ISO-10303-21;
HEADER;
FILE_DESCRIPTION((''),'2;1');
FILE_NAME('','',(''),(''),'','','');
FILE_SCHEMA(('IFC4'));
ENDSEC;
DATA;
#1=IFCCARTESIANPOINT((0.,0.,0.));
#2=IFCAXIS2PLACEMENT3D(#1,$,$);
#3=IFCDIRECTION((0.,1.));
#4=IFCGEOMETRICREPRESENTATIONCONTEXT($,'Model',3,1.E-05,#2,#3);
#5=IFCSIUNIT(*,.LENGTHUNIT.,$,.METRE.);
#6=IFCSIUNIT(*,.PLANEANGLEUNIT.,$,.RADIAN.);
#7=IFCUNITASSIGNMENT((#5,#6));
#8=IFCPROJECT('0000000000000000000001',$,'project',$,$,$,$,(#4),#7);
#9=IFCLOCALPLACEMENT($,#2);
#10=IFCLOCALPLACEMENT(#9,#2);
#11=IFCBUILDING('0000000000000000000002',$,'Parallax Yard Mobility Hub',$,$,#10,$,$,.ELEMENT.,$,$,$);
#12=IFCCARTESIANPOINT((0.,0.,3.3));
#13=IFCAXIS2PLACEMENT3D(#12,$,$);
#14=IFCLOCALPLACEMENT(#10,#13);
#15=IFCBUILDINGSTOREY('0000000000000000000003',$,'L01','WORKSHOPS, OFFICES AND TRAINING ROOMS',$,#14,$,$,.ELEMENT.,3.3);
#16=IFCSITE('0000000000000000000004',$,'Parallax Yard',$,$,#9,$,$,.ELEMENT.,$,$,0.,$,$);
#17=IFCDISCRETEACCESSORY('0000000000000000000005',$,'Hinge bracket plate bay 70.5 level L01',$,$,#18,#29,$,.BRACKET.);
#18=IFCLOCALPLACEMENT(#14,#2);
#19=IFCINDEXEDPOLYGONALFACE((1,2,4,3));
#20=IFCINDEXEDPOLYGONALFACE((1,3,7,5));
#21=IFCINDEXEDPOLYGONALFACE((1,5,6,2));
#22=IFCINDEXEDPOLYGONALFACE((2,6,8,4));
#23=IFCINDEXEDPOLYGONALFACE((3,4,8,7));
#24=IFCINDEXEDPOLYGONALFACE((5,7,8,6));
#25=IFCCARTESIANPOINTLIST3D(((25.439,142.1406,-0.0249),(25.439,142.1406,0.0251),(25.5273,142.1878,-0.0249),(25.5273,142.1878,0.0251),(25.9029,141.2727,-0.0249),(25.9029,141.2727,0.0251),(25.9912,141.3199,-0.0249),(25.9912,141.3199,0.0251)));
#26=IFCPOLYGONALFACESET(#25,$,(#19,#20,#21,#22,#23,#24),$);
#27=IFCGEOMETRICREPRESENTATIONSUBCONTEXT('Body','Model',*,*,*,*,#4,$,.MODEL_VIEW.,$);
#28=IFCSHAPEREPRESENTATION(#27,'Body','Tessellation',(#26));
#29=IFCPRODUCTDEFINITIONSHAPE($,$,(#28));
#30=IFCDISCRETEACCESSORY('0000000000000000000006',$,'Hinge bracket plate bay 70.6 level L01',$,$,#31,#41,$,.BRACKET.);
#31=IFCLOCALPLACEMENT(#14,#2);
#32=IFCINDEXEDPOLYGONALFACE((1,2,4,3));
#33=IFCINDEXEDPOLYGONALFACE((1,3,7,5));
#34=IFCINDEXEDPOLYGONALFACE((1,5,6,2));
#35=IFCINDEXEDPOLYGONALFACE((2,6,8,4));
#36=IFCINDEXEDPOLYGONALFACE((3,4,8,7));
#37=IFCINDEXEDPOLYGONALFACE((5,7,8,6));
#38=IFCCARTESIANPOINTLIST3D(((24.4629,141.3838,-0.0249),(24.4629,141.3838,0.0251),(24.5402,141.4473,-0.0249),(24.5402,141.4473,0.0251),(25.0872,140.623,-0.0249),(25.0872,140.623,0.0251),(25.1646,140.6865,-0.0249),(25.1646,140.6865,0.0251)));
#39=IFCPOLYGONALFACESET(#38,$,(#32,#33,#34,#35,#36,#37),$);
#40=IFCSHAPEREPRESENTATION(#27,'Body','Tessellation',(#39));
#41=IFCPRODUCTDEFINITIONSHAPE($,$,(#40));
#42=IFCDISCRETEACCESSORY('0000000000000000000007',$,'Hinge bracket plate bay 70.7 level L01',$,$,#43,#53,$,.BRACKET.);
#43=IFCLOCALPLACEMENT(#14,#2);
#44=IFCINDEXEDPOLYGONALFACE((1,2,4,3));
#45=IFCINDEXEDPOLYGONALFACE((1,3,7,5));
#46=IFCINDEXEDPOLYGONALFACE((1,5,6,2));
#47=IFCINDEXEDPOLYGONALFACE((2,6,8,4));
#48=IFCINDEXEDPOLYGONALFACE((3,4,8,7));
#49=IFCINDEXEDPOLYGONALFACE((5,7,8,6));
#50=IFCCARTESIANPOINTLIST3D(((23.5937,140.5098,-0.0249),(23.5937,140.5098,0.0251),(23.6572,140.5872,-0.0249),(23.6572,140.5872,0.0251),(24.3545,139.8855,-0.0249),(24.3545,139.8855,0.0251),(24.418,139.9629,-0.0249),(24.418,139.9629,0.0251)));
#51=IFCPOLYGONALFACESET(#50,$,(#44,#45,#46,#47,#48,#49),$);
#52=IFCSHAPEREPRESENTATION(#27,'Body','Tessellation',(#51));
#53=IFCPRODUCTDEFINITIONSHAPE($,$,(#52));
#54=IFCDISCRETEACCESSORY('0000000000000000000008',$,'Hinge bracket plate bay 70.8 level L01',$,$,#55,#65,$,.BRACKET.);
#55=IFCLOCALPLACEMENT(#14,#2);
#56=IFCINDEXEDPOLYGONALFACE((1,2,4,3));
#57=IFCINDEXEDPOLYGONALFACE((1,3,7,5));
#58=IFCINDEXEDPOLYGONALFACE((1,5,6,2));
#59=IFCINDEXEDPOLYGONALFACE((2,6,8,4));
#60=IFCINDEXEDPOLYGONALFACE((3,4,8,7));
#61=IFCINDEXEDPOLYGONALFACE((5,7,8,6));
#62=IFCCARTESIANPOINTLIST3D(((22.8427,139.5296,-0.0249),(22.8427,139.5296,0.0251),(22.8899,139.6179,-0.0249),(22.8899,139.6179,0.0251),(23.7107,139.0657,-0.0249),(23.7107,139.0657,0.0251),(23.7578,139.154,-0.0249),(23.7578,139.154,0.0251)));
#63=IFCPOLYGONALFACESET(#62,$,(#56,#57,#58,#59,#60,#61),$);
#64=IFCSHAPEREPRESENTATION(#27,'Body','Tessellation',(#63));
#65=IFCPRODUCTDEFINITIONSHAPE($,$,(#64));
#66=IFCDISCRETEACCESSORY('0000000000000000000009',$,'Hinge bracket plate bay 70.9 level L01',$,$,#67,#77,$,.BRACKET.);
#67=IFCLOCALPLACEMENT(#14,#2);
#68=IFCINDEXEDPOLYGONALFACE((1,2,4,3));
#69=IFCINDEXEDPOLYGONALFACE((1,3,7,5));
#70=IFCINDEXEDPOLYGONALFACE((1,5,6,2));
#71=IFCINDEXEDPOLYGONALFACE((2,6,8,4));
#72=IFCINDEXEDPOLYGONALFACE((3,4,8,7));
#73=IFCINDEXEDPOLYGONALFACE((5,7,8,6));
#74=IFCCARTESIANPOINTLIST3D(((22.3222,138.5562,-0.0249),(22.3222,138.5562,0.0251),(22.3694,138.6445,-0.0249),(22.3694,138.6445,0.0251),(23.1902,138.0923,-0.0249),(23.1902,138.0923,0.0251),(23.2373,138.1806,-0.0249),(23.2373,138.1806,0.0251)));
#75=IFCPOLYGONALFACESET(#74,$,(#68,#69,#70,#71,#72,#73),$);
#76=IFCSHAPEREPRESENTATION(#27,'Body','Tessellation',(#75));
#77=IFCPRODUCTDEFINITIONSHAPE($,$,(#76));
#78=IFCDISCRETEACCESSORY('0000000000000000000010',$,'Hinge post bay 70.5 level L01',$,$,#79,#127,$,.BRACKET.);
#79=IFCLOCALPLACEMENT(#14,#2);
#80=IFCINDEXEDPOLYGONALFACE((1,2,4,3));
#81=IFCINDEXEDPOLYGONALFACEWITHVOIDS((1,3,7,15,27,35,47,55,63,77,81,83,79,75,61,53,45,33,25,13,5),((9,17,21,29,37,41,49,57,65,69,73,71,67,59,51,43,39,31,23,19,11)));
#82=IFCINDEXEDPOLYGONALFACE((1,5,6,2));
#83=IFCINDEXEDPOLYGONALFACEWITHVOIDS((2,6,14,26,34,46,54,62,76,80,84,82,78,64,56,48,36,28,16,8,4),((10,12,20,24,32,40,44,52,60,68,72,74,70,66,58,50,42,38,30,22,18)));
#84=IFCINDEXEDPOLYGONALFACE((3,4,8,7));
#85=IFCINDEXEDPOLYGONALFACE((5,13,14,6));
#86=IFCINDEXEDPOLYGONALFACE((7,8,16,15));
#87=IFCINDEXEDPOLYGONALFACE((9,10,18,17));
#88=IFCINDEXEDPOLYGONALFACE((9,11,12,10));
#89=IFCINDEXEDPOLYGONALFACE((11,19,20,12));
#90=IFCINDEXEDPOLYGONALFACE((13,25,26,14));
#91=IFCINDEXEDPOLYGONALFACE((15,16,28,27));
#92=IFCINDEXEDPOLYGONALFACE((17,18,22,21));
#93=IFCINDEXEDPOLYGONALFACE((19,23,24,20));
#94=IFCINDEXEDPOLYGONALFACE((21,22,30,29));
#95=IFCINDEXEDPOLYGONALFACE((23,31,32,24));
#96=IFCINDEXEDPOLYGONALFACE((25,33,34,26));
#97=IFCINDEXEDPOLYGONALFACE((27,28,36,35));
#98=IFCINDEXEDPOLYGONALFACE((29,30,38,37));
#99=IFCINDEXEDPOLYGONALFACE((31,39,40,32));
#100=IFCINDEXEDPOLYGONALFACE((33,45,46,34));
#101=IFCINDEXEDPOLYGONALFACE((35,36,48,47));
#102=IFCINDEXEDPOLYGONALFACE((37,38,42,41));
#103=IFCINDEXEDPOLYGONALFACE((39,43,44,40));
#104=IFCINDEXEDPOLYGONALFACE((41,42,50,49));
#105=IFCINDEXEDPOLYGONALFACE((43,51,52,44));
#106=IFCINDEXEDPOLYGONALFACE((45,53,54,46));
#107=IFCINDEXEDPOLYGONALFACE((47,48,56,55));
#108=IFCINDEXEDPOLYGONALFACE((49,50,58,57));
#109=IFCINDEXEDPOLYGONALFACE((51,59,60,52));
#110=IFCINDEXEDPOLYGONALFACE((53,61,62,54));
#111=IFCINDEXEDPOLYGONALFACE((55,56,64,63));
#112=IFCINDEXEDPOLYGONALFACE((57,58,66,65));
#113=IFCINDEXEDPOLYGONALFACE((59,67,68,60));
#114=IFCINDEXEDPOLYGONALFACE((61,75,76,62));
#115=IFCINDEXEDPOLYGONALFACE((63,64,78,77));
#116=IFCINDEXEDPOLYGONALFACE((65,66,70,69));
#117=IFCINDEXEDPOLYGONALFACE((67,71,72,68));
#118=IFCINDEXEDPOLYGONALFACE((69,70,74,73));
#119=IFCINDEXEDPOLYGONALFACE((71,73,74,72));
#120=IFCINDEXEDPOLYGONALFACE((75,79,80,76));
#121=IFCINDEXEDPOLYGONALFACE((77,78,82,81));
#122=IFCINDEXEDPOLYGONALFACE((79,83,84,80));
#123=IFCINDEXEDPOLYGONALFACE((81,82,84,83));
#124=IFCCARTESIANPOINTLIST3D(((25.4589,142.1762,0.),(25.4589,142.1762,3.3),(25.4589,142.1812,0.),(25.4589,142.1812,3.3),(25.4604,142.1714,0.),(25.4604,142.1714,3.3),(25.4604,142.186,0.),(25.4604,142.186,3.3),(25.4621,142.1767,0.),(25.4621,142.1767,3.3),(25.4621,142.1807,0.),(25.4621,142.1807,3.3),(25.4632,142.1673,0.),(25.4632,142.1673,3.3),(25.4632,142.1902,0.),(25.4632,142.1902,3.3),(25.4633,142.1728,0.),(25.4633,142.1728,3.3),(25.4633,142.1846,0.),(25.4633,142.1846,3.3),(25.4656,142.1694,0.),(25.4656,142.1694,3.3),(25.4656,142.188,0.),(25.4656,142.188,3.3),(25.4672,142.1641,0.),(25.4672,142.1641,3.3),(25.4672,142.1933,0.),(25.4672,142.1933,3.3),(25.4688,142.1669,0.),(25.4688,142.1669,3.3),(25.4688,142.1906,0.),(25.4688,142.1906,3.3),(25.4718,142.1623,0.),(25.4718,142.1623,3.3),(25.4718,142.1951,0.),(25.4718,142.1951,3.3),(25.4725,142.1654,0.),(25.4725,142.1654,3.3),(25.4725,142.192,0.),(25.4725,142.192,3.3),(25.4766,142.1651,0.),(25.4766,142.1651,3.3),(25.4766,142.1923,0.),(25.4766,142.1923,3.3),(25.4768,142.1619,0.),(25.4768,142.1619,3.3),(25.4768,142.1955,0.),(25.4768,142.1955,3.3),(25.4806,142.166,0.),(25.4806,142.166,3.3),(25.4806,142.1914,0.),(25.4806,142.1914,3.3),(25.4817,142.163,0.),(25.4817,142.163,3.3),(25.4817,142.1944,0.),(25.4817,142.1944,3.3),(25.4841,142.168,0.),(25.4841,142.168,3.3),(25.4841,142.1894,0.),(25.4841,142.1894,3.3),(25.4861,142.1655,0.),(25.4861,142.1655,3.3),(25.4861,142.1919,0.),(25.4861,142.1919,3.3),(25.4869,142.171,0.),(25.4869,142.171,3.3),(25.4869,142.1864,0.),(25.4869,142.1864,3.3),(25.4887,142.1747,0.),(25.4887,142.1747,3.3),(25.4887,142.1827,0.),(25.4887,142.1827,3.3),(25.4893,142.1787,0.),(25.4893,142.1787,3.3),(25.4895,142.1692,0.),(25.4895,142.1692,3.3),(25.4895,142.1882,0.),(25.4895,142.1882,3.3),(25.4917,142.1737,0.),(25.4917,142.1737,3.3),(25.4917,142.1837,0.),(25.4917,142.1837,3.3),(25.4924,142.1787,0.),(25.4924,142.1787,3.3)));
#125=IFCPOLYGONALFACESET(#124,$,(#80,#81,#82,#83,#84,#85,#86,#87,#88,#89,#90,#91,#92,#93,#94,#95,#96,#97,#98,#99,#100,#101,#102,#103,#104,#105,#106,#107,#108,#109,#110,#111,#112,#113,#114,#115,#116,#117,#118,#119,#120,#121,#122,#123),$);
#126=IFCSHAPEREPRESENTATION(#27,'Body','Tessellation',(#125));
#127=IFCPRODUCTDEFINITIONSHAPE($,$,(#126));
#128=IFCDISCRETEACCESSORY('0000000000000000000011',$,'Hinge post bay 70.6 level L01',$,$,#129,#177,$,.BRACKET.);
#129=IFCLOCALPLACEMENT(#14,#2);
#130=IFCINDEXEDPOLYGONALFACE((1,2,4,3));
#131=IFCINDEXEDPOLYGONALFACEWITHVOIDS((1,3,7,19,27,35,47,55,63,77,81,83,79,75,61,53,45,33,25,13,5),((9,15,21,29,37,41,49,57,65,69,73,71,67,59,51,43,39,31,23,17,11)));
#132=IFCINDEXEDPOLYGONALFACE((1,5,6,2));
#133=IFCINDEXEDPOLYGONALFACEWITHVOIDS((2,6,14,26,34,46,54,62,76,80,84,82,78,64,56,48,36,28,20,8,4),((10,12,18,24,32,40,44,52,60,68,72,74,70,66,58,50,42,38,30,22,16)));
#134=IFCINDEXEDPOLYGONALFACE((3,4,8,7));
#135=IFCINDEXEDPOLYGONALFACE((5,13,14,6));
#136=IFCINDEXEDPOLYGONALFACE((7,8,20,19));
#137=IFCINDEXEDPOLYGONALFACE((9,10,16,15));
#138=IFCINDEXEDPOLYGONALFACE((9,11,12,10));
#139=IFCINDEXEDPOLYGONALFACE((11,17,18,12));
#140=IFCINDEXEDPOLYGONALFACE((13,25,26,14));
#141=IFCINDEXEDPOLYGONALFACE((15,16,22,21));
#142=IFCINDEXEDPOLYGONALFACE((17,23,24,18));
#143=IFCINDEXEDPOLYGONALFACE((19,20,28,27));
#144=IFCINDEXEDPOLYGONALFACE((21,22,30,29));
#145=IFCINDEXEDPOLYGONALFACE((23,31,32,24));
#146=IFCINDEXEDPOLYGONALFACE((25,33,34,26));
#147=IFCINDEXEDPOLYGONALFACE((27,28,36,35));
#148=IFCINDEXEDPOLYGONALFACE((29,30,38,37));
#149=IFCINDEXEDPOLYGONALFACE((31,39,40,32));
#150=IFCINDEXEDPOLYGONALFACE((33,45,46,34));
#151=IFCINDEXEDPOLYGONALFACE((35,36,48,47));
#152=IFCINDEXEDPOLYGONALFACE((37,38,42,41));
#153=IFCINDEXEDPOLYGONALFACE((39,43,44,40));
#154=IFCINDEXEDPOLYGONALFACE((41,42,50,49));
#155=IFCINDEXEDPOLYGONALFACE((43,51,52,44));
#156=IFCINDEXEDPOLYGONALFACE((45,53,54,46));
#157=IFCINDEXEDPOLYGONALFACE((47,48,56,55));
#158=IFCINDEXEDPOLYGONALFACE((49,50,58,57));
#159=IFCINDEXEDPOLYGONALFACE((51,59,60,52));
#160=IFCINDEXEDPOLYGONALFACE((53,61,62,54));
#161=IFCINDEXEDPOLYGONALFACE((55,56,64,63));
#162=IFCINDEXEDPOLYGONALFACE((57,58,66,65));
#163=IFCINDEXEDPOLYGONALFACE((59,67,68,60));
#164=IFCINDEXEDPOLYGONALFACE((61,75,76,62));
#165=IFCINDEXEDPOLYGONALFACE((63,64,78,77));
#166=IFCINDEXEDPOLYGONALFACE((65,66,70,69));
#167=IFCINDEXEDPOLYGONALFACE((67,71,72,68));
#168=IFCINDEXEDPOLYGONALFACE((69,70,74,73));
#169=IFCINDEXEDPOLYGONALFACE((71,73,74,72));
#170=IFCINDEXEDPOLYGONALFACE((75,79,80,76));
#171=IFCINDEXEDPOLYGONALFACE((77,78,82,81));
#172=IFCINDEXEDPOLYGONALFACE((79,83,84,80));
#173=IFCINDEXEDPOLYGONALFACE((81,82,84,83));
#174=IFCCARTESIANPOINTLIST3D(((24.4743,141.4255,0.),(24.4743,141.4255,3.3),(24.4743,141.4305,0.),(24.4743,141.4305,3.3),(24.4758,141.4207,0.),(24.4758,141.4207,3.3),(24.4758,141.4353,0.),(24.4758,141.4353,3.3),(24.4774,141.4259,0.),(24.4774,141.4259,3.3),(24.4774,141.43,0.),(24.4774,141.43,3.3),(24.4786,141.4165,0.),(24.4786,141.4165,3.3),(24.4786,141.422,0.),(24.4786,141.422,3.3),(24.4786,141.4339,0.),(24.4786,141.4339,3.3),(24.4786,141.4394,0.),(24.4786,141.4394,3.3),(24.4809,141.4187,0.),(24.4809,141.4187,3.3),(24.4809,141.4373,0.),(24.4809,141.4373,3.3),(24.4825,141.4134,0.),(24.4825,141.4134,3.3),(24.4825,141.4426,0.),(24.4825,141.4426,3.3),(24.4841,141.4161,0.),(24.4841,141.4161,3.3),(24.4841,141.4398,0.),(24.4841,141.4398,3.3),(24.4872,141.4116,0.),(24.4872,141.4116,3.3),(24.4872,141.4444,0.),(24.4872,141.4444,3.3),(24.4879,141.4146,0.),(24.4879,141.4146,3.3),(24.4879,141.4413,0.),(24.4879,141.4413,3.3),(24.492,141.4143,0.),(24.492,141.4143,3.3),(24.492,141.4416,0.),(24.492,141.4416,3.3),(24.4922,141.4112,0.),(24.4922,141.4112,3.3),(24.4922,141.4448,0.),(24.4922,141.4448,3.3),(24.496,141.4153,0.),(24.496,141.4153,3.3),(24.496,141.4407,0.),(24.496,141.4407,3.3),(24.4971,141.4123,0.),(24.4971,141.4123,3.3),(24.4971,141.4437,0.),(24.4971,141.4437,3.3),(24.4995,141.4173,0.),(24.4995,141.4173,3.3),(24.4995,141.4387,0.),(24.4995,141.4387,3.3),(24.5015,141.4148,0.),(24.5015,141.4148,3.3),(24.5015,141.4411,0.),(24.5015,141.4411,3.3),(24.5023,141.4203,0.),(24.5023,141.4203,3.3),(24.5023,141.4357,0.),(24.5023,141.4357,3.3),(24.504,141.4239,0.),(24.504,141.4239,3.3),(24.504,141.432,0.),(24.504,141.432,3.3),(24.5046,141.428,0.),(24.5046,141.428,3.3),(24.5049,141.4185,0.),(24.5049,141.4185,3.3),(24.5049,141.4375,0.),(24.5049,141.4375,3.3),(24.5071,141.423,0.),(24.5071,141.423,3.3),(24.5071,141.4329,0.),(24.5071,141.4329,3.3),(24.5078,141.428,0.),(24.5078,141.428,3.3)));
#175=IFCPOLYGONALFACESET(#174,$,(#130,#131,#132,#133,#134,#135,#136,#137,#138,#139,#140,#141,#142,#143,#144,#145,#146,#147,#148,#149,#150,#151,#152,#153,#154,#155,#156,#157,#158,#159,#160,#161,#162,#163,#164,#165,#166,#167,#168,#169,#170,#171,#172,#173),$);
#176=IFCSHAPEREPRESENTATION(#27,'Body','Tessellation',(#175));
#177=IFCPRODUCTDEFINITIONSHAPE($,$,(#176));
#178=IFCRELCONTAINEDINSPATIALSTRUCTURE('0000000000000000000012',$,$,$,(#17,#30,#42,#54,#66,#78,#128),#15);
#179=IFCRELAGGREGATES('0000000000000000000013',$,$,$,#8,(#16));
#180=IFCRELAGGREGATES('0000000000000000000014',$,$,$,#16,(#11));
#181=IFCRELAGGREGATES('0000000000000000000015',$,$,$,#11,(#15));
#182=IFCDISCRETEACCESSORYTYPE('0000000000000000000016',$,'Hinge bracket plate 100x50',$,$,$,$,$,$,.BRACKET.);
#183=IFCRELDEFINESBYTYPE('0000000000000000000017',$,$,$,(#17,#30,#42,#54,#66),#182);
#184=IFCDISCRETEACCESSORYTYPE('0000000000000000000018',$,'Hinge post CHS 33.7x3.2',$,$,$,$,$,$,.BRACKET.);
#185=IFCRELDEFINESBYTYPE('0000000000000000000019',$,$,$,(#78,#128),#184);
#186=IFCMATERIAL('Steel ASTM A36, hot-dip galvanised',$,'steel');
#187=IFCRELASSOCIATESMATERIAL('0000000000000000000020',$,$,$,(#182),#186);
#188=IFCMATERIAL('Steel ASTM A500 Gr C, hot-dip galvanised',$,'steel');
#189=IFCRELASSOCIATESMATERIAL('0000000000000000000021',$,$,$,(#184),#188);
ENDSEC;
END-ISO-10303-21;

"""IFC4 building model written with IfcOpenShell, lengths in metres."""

from ifc_helpers import new_model, si_unit, direction, frame, origin, origin_2d, place, context, subcontext, project, spatial, rectangle, hollow_circle, extrude, material, material_profile, profile_set, type_object, element, save


model = new_model("IFC4")

# Units and contexts
model_context = context("Model", 3, precision=1e-05, world=origin(), true_north=direction((0.0, 1.0)))
body_context = subcontext(model_context, "Body", "Model", "MODEL_VIEW")
ifc_project = project(units=[si_unit("LENGTHUNIT", "METRE"), si_unit("PLANEANGLEUNIT", "RADIAN")], contexts=[model_context])

# Site, building, storey
site_placement = place(None, origin())
site = spatial("IfcSite", under=ifc_project, at=site_placement, Name="Parallax Yard", CompositionType="ELEMENT", RefElevation=0.0)
building_placement = place(site_placement, origin())
building = spatial("IfcBuilding", under=site, at=building_placement, Name="Parallax Yard Mobility Hub", CompositionType="ELEMENT")
storey_placement = place(building_placement, frame((0.0, 0.0, 3.3)))
storey = spatial("IfcBuildingStorey", under=building, at=storey_placement, Name="L01", Description="WORKSHOPS, OFFICES AND TRAINING ROOMS", CompositionType="ELEMENT", Elevation=3.3)

# Discrete accessories
ifc_material_1 = material(Name="Steel ASTM A36, hot-dip galvanised", Category="steel")
discrete_accessory_type_1 = type_object("IfcDiscreteAccessoryType", Name="Hinge bracket plate 100x50", PredefinedType="BRACKET", material=ifc_material_1)
for number, where, z_axis, x_axis, name in (
    (1, (25.7151, 141.7302, -0.0249), (0.0, 0.0, 1.0), (-0.471397, 0.881921, 0.0), "Hinge bracket plate bay 70.5 level L01"),
    (2, (24.8137, 141.0352, -0.0249), (0.0, 0.0, 1.0), (-0.634393, 0.77301, 0.0), "Hinge bracket plate bay 70.6 level L01"),
    (3, (24.0059, 140.2363, -0.0249), (0.0, 0.0, 1.0), (-0.77301, 0.634393, 0.0), "Hinge bracket plate bay 70.7 level L01"),
    (4, (23.3003, 139.3418, -0.0249), (0.0, 0.0, 1.0), (-0.881921, 0.471397, 0.0), "Hinge bracket plate bay 70.8 level L01"),
    (5, (22.7798, 138.3684, -0.0249), (0.0, 0.0, 1.0), (-0.881921, 0.471397, 0.0), "Hinge bracket plate bay 70.9 level L01"),
):
    element("IfcDiscreteAccessory", number, at=place(storey_placement, frame(where, z_axis=z_axis, x_axis=x_axis)), inside=storey, type_object=discrete_accessory_type_1, Name=name, PredefinedType="BRACKET", context=body_context, shape_type="SweptSolid", body=[
        extrude(rectangle(XDim=0.9841, YDim=0.1001, at=origin_2d()), origin(), (0.0, 0.0, 1.0), 0.05),
    ])
ifc_material_2 = material(Name="Steel ASTM A500 Gr C, hot-dip galvanised", Category="steel")
ifc_material_profile_1 = material_profile(ifc_material_2, hollow_circle(Radius=0.0168, WallThickness=0.0032, at=origin_2d()), Name="CHS 33.7x3.2")
ifc_profile_set_1 = profile_set([ifc_material_profile_1], Name="Steel ASTM A500 Gr C, hot-dip galvanised")
discrete_accessory_type_2 = type_object("IfcDiscreteAccessoryType", Name="Hinge post CHS 33.7x3.2", PredefinedType="BRACKET", material=ifc_profile_set_1)
for number, where, z_axis, x_axis, name in (
    (6, (25.4756, 142.1787, 0.0), (0.0, 0.0, 1.0), (1.0, 0.0, 0.0), "Hinge post bay 70.5 level L01"),
    (7, (24.491, 141.428, 0.0), (0.0, 0.0, 1.0), (1.0, 0.0, 0.0), "Hinge post bay 70.6 level L01"),
):
    element("IfcDiscreteAccessory", number, at=place(storey_placement, frame(where, z_axis=z_axis, x_axis=x_axis)), inside=storey, type_object=discrete_accessory_type_2, Name=name, PredefinedType="BRACKET", context=body_context, shape_type="SweptSolid", body=[
        extrude(hollow_circle(Radius=0.0168, WallThickness=0.0032, at=origin_2d()), origin(), (0.0, 0.0, 1.0), 3.3),
    ])

save(model, "model.ifc")
